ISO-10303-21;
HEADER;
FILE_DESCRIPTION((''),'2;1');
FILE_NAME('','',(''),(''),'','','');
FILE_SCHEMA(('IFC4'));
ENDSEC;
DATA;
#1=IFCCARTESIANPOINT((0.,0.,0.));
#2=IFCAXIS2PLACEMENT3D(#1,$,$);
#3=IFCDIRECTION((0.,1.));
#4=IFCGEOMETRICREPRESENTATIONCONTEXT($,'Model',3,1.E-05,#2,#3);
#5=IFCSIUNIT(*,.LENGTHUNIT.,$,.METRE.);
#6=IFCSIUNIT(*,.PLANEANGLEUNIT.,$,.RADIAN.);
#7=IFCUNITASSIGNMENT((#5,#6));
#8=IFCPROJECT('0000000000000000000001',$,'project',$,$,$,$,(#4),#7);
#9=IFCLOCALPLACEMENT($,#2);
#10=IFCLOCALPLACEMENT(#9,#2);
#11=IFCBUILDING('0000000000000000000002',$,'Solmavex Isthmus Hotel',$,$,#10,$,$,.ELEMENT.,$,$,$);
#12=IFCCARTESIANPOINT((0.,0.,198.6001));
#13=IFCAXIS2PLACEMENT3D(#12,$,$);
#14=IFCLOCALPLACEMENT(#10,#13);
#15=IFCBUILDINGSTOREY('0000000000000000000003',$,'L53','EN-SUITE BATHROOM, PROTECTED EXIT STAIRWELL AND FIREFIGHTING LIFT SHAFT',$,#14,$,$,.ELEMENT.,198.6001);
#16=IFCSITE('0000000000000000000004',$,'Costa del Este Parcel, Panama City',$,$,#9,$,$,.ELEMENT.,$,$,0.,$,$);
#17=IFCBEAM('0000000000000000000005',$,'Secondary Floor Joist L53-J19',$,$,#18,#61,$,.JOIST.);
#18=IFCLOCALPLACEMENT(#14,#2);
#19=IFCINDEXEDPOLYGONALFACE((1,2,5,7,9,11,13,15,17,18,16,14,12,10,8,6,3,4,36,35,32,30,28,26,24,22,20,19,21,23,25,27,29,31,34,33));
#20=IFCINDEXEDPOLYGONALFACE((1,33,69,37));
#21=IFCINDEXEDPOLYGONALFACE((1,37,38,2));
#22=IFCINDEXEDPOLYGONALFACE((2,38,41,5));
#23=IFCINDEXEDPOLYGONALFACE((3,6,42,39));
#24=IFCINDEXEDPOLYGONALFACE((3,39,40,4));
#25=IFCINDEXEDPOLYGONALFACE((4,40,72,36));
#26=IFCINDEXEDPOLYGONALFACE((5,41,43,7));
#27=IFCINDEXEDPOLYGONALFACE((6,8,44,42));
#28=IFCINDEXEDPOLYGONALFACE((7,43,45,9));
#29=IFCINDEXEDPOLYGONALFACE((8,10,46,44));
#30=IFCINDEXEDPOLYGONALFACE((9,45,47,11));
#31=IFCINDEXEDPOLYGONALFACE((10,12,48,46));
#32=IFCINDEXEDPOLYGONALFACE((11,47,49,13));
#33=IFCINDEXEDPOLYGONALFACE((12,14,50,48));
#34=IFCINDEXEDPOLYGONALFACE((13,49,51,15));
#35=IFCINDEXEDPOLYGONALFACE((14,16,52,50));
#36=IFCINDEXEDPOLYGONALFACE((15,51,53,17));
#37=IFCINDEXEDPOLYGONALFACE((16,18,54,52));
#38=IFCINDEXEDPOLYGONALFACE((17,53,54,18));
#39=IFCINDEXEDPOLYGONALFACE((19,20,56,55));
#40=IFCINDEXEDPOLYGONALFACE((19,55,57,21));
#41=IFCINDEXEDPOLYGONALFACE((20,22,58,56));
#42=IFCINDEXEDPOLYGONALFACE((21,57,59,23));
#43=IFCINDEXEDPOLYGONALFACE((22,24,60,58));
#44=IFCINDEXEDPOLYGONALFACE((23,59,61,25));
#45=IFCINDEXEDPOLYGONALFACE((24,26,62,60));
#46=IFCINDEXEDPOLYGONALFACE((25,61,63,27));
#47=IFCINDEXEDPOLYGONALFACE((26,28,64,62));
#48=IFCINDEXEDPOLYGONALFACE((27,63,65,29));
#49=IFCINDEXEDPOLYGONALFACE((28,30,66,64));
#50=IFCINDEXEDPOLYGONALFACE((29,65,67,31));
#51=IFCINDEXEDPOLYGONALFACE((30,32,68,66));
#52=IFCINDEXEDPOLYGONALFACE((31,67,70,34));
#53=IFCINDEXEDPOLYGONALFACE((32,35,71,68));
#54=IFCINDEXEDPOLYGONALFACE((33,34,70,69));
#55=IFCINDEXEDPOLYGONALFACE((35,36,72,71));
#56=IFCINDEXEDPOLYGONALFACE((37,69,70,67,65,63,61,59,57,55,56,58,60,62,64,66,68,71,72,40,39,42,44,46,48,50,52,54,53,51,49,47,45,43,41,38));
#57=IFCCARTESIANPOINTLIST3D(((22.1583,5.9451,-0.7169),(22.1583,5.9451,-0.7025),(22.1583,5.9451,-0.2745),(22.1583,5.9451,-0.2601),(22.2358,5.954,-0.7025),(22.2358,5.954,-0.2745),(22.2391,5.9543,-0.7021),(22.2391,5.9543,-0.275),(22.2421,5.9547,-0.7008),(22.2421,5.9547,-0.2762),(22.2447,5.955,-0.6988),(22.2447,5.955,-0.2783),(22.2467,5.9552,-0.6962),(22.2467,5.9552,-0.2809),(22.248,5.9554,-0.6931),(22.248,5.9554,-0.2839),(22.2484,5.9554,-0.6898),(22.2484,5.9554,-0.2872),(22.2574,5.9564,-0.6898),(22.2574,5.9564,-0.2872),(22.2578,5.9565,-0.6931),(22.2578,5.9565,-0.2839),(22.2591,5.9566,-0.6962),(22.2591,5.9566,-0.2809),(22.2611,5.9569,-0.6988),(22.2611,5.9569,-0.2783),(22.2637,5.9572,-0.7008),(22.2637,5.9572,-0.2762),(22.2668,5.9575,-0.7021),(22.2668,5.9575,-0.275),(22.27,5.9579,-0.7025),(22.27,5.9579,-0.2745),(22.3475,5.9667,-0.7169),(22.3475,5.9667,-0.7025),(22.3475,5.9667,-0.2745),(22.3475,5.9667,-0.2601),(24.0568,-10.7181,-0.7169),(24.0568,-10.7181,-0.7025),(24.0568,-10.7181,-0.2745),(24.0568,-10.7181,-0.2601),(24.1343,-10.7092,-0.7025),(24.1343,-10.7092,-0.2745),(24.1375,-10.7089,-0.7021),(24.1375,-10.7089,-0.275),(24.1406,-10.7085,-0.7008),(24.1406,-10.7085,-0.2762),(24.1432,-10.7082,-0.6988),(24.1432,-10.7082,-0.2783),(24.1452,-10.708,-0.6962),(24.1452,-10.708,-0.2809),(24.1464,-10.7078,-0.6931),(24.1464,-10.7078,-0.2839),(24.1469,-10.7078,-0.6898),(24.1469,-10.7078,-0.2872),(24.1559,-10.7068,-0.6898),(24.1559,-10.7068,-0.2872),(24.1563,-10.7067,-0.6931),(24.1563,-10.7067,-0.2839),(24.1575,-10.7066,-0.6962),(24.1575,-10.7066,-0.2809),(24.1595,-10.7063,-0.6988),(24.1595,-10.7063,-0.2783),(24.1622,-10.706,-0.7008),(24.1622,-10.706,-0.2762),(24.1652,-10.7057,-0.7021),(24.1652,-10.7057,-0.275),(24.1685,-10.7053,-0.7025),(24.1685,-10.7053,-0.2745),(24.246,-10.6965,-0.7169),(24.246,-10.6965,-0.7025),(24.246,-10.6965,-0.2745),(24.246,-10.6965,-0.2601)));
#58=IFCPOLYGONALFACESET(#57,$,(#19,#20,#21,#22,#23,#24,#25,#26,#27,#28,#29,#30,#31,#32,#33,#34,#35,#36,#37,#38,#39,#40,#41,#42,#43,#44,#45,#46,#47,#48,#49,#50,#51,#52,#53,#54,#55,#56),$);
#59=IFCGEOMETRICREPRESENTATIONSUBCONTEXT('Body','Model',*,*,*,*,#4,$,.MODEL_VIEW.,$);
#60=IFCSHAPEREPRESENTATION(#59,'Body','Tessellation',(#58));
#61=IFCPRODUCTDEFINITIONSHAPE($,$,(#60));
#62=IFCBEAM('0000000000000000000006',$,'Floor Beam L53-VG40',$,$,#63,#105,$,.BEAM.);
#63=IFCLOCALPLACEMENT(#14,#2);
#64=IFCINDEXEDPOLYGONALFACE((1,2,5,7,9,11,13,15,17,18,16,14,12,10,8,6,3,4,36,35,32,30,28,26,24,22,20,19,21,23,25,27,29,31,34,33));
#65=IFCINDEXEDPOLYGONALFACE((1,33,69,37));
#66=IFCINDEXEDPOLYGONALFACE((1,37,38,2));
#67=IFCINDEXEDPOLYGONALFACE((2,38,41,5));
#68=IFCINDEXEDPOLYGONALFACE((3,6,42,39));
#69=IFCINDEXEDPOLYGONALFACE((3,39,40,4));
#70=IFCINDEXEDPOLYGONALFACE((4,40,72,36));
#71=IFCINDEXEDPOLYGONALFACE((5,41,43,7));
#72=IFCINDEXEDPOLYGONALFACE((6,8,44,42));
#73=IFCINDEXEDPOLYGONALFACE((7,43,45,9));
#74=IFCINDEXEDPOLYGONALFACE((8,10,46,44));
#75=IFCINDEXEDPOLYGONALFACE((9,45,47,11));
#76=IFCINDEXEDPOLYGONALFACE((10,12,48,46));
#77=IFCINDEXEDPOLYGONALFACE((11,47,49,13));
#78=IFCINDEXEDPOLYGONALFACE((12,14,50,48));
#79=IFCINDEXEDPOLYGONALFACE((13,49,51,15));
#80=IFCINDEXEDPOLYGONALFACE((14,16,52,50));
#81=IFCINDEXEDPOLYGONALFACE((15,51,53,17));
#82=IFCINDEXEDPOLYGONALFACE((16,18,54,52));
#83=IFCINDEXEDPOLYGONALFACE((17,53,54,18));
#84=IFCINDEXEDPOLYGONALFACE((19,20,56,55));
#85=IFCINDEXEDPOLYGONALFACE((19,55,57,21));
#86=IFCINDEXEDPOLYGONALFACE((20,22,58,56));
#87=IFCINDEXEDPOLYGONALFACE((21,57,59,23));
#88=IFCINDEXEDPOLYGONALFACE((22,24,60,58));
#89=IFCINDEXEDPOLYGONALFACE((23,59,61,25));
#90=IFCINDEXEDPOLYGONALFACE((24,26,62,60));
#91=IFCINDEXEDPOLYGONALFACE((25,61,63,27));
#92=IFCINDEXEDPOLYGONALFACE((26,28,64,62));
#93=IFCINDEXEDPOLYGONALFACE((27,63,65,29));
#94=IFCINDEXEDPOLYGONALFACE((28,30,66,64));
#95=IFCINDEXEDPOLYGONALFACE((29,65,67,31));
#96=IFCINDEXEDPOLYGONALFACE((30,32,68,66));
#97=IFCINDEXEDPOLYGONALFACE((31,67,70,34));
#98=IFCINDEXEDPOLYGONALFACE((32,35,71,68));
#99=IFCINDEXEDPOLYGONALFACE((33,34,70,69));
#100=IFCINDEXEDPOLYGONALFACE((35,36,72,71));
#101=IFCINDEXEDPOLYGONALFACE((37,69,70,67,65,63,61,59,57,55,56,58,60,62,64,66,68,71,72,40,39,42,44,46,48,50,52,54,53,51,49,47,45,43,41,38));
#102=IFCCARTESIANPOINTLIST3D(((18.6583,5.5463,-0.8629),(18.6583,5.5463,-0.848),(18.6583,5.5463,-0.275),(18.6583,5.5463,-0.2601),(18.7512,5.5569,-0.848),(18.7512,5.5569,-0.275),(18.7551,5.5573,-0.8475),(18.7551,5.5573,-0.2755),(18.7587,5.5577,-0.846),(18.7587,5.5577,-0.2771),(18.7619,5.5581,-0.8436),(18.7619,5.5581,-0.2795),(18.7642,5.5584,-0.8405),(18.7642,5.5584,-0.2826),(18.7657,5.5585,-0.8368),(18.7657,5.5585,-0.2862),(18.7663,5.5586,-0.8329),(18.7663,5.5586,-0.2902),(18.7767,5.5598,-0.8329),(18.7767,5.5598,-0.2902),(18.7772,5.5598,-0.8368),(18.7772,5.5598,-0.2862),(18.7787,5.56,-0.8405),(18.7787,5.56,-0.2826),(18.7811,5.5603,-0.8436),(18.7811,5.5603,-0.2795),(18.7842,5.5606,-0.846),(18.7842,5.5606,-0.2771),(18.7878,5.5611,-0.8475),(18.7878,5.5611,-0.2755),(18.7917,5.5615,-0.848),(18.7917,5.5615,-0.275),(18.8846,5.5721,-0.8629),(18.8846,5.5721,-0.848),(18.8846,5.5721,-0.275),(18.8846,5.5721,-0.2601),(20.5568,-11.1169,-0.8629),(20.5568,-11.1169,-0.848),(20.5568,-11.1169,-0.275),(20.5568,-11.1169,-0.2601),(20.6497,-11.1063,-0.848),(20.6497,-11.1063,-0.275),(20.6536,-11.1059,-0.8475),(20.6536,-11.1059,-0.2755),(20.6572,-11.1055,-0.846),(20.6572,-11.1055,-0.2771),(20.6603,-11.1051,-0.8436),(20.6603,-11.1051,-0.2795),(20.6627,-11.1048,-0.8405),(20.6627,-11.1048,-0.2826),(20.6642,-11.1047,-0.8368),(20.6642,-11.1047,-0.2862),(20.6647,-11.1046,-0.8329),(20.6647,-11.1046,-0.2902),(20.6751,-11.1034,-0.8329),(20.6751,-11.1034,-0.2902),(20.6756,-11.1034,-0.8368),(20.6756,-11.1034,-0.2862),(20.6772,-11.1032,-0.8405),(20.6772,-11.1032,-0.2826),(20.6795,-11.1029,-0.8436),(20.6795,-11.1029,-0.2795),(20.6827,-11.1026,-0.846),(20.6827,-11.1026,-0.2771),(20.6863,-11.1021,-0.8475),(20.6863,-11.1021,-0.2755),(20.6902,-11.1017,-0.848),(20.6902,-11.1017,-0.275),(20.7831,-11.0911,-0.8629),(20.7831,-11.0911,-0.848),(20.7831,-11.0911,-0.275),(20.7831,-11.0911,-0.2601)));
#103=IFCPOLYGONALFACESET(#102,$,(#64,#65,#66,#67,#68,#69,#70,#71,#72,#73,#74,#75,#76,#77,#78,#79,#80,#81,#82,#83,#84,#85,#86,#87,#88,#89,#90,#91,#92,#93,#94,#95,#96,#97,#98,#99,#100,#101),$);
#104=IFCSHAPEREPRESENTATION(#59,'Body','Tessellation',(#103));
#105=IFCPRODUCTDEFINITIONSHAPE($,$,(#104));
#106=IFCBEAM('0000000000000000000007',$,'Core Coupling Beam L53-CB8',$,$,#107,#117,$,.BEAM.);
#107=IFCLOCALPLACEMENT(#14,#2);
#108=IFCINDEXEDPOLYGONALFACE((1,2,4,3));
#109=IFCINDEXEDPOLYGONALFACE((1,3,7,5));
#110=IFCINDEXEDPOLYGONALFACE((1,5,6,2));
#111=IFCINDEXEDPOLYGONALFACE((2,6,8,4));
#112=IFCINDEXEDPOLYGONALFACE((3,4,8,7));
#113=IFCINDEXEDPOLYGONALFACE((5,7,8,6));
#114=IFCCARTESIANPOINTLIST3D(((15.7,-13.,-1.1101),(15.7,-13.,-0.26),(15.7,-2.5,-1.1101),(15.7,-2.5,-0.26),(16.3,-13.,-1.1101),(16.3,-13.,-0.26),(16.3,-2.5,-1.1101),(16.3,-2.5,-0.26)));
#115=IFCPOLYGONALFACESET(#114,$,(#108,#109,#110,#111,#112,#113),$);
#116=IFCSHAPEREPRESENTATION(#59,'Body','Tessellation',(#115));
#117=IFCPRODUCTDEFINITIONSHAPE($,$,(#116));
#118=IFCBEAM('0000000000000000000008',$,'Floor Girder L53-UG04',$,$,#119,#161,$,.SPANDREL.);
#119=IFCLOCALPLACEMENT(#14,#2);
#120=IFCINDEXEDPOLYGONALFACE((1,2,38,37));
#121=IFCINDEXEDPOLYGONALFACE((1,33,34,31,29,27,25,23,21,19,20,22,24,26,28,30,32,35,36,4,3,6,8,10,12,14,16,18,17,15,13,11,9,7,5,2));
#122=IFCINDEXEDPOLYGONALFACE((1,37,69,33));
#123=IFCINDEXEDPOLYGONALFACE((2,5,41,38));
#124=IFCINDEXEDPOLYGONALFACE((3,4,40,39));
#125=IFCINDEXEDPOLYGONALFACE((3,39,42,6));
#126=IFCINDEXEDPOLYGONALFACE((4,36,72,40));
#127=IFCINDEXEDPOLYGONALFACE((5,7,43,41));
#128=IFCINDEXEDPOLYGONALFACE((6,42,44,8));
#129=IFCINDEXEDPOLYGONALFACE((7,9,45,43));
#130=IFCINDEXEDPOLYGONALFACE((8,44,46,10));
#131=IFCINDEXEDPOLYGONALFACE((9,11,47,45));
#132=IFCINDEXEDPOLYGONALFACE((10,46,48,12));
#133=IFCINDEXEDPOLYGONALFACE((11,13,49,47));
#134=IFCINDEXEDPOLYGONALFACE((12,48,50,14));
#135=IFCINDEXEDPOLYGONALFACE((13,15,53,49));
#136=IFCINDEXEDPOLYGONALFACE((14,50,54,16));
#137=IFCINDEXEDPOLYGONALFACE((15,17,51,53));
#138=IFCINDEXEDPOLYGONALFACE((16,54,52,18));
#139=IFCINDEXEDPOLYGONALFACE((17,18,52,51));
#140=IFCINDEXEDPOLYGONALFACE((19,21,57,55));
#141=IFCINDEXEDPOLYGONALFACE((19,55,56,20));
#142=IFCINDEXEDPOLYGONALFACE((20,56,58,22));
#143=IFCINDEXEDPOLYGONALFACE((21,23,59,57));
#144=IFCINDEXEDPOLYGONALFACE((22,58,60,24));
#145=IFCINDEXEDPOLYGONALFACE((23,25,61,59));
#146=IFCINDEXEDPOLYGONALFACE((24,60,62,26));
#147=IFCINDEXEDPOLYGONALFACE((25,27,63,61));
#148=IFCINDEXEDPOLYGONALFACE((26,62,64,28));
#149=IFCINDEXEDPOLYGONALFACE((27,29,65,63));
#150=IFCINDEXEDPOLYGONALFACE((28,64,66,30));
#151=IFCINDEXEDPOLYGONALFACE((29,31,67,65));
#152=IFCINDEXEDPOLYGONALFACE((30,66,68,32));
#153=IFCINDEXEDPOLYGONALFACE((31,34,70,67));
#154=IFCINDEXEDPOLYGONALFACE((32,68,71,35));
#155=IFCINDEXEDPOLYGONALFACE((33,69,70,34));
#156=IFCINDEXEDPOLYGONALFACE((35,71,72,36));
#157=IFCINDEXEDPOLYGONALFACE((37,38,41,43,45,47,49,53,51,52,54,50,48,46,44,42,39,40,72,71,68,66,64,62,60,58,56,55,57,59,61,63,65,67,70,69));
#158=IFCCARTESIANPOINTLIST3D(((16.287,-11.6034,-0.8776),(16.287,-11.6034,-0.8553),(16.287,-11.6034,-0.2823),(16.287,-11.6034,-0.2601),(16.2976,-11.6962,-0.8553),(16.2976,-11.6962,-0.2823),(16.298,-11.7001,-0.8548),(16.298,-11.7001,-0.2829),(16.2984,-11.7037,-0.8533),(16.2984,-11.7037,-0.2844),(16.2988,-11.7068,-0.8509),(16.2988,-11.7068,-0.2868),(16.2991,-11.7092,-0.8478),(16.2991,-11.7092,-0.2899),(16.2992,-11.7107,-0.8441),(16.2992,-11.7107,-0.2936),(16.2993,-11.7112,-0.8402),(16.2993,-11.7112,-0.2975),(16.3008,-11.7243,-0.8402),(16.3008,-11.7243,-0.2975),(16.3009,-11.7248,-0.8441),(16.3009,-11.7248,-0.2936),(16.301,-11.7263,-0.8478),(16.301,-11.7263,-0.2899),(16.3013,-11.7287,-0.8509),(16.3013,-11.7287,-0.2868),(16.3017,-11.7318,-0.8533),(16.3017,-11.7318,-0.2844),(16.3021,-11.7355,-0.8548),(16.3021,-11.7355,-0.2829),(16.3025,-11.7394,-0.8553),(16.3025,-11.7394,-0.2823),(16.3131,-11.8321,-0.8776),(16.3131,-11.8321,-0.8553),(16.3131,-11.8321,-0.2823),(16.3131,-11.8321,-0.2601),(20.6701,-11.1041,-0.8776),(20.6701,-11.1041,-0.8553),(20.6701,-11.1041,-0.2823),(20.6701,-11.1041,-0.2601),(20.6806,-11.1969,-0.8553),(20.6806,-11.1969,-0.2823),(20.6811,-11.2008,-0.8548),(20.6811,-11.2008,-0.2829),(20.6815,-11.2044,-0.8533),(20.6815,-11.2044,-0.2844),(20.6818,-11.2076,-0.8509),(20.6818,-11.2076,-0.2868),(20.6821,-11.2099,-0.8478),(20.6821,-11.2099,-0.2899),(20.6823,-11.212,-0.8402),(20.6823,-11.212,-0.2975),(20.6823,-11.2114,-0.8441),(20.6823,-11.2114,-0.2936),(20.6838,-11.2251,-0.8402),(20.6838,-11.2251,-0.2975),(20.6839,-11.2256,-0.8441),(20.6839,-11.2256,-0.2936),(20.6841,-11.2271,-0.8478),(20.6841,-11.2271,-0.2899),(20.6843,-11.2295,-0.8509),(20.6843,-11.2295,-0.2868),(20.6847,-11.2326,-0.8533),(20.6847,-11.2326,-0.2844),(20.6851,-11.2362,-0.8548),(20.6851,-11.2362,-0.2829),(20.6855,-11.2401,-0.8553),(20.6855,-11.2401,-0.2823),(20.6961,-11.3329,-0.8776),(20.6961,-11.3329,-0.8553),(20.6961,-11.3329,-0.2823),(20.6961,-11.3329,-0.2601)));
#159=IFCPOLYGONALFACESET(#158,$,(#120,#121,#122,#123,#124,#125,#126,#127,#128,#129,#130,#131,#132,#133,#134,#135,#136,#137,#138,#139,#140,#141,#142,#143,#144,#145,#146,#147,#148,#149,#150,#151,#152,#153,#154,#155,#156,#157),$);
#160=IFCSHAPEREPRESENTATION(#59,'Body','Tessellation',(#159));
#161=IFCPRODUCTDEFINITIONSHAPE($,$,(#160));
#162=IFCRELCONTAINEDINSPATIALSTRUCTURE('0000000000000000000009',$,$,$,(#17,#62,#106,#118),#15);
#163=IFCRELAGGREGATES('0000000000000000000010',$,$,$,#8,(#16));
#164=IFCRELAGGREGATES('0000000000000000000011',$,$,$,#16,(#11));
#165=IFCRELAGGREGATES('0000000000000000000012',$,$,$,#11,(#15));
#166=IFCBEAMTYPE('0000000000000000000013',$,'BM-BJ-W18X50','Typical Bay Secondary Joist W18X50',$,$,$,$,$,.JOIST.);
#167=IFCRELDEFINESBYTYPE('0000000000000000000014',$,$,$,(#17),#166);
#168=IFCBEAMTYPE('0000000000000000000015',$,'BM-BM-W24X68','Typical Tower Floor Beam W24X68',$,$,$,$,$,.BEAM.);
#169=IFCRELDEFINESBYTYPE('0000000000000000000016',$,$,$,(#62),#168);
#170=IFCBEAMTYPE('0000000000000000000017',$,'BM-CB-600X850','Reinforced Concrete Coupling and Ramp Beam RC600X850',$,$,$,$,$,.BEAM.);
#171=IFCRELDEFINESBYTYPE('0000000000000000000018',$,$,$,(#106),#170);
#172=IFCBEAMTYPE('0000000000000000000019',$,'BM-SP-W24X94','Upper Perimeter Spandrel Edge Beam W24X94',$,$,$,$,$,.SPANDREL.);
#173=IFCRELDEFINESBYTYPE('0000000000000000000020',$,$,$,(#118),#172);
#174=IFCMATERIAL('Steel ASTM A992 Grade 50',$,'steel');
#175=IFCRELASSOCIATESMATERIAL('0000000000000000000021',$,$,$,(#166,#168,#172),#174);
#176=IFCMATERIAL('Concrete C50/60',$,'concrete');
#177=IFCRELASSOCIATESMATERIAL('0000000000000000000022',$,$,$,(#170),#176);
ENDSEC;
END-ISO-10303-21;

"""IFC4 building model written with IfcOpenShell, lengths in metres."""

from ifc_helpers import new_model, si_unit, direction, frame, origin, origin_2d, place, context, subcontext, project, spatial, rectangle, i_section, extrude, material, material_profile, profile_set, type_object, element, save


model = new_model("IFC4")

# Units and contexts
model_context = context("Model", 3, precision=1e-05, world=origin(), true_north=direction((0.0, 1.0)))
body_context = subcontext(model_context, "Body", "Model", "MODEL_VIEW")
ifc_project = project(units=[si_unit("LENGTHUNIT", "METRE"), si_unit("PLANEANGLEUNIT", "RADIAN")], contexts=[model_context])

# Site, building, storey
site_placement = place(None, origin())
site = spatial("IfcSite", under=ifc_project, at=site_placement, Name="Costa del Este Parcel, Panama City", CompositionType="ELEMENT", RefElevation=0.0)
building_placement = place(site_placement, origin())
building = spatial("IfcBuilding", under=site, at=building_placement, Name="Solmavex Isthmus Hotel", CompositionType="ELEMENT")
storey_placement = place(building_placement, frame((0.0, 0.0, 198.6001)))
storey = spatial("IfcBuildingStorey", under=building, at=storey_placement, Name="L53", Description="EN-SUITE BATHROOM, PROTECTED EXIT STAIRWELL AND FIREFIGHTING LIFT SHAFT", CompositionType="ELEMENT", Elevation=198.6001)

# Shared definitions
ifc_material_1 = material(Name="Concrete C50/60", Category="concrete")

# Beams
ifc_material_2 = material(Name="Steel ASTM A992 Grade 50", Category="steel")
ifc_material_profile_1 = material_profile(ifc_material_2, i_section(OverallWidth=0.1904, OverallDepth=0.4568, WebThickness=0.009, FlangeThickness=0.0144, FilletRadius=0.0127, at=origin_2d()), Name="W18X50")
ifc_profile_set_1 = profile_set([ifc_material_profile_1], Name="Steel ASTM A992 Grade 50")
beam_type_1 = type_object("IfcBeamType", Name="BM-BJ-W18X50", Description="Typical Bay Secondary Joist W18X50", PredefinedType="JOIST", material=ifc_profile_set_1)
beam_1_placement = place(storey_placement, frame((24.1514, -10.7073, -0.4885), z_axis=(-0.113198, 0.993572, 0.0), x_axis=(-0.993572, -0.113198, 0.0)))
element("IfcBeam", 1, at=beam_1_placement, inside=storey, type_object=beam_type_1, Name="Secondary Floor Joist L53-J19", PredefinedType="JOIST", context=body_context, shape_type="SweptSolid", body=[
    extrude(i_section(OverallWidth=0.1904, OverallDepth=0.4568, WebThickness=0.009, FlangeThickness=0.0144, FilletRadius=0.0127, at=origin_2d()), origin(), (0.0, 0.0, 1.0), 16.771),
])
ifc_material_profile_2 = material_profile(ifc_material_2, i_section(OverallWidth=0.2278, OverallDepth=0.6028, WebThickness=0.0105, FlangeThickness=0.0149, FilletRadius=0.0151, at=origin_2d()), Name="W24X68")
ifc_profile_set_2 = profile_set([ifc_material_profile_2], Name="Steel ASTM A992 Grade 50")
beam_type_2 = type_object("IfcBeamType", Name="BM-BM-W24X68", Description="Typical Tower Floor Beam W24X68", PredefinedType="BEAM", material=ifc_profile_set_2)
beam_2_placement = place(storey_placement, frame((20.6699, -11.104, -0.5615), z_axis=(-0.113198, 0.993572, 0.0), x_axis=(-0.993572, -0.113198, 0.0)))
element("IfcBeam", 2, at=beam_2_placement, inside=storey, type_object=beam_type_2, Name="Floor Beam L53-VG40", PredefinedType="BEAM", context=body_context, shape_type="SweptSolid", body=[
    extrude(i_section(OverallWidth=0.2278, OverallDepth=0.6028, WebThickness=0.0105, FlangeThickness=0.0149, FilletRadius=0.0151, at=origin_2d()), origin(), (0.0, 0.0, 1.0), 16.771),
])
ifc_material_profile_3 = material_profile(ifc_material_1, rectangle(XDim=0.6001, YDim=0.8501, at=origin_2d()), Name="RC600X850")
ifc_profile_set_3 = profile_set([ifc_material_profile_3], Name="Concrete C50/60")
beam_type_3 = type_object("IfcBeamType", Name="BM-CB-600X850", Description="Reinforced Concrete Coupling and Ramp Beam RC600X850", PredefinedType="BEAM", material=ifc_profile_set_3)
beam_3_placement = place(storey_placement, frame((16.0, -13.0, -0.6851), z_axis=(0.0, 1.0, 0.0), x_axis=(-1.0, 0.0, 0.0)))
element("IfcBeam", 3, at=beam_3_placement, inside=storey, type_object=beam_type_3, Name="Core Coupling Beam L53-CB8", PredefinedType="BEAM", context=body_context, shape_type="SweptSolid", body=[
    extrude(rectangle(XDim=0.6001, YDim=0.8501, at=origin_2d()), origin(), (0.0, 0.0, 1.0), 10.5),
])
ifc_material_profile_4 = material_profile(ifc_material_2, i_section(OverallWidth=0.2302, OverallDepth=0.6174, WebThickness=0.0132, FlangeThickness=0.0222, FilletRadius=0.0151, at=origin_2d()), Name="W24X94")
ifc_profile_set_4 = profile_set([ifc_material_profile_4], Name="Steel ASTM A992 Grade 50")
beam_type_4 = type_object("IfcBeamType", Name="BM-SP-W24X94", Description="Upper Perimeter Spandrel Edge Beam W24X94", PredefinedType="SPANDREL", material=ifc_profile_set_4)
beam_4_placement = place(storey_placement, frame((16.3, -11.7178, -0.5688), z_axis=(0.993575, 0.113177, 0.0), x_axis=(-0.113177, 0.993575, 0.0)))
element("IfcBeam", 4, at=beam_4_placement, inside=storey, type_object=beam_type_4, Name="Floor Girder L53-UG04", PredefinedType="SPANDREL", context=body_context, shape_type="SweptSolid", body=[
    extrude(i_section(OverallWidth=0.2302, OverallDepth=0.6174, WebThickness=0.0132, FlangeThickness=0.0222, FilletRadius=0.0151, at=origin_2d()), origin(), (0.0, 0.0, 1.0), 4.4114),
])

save(model, "model.ifc")
